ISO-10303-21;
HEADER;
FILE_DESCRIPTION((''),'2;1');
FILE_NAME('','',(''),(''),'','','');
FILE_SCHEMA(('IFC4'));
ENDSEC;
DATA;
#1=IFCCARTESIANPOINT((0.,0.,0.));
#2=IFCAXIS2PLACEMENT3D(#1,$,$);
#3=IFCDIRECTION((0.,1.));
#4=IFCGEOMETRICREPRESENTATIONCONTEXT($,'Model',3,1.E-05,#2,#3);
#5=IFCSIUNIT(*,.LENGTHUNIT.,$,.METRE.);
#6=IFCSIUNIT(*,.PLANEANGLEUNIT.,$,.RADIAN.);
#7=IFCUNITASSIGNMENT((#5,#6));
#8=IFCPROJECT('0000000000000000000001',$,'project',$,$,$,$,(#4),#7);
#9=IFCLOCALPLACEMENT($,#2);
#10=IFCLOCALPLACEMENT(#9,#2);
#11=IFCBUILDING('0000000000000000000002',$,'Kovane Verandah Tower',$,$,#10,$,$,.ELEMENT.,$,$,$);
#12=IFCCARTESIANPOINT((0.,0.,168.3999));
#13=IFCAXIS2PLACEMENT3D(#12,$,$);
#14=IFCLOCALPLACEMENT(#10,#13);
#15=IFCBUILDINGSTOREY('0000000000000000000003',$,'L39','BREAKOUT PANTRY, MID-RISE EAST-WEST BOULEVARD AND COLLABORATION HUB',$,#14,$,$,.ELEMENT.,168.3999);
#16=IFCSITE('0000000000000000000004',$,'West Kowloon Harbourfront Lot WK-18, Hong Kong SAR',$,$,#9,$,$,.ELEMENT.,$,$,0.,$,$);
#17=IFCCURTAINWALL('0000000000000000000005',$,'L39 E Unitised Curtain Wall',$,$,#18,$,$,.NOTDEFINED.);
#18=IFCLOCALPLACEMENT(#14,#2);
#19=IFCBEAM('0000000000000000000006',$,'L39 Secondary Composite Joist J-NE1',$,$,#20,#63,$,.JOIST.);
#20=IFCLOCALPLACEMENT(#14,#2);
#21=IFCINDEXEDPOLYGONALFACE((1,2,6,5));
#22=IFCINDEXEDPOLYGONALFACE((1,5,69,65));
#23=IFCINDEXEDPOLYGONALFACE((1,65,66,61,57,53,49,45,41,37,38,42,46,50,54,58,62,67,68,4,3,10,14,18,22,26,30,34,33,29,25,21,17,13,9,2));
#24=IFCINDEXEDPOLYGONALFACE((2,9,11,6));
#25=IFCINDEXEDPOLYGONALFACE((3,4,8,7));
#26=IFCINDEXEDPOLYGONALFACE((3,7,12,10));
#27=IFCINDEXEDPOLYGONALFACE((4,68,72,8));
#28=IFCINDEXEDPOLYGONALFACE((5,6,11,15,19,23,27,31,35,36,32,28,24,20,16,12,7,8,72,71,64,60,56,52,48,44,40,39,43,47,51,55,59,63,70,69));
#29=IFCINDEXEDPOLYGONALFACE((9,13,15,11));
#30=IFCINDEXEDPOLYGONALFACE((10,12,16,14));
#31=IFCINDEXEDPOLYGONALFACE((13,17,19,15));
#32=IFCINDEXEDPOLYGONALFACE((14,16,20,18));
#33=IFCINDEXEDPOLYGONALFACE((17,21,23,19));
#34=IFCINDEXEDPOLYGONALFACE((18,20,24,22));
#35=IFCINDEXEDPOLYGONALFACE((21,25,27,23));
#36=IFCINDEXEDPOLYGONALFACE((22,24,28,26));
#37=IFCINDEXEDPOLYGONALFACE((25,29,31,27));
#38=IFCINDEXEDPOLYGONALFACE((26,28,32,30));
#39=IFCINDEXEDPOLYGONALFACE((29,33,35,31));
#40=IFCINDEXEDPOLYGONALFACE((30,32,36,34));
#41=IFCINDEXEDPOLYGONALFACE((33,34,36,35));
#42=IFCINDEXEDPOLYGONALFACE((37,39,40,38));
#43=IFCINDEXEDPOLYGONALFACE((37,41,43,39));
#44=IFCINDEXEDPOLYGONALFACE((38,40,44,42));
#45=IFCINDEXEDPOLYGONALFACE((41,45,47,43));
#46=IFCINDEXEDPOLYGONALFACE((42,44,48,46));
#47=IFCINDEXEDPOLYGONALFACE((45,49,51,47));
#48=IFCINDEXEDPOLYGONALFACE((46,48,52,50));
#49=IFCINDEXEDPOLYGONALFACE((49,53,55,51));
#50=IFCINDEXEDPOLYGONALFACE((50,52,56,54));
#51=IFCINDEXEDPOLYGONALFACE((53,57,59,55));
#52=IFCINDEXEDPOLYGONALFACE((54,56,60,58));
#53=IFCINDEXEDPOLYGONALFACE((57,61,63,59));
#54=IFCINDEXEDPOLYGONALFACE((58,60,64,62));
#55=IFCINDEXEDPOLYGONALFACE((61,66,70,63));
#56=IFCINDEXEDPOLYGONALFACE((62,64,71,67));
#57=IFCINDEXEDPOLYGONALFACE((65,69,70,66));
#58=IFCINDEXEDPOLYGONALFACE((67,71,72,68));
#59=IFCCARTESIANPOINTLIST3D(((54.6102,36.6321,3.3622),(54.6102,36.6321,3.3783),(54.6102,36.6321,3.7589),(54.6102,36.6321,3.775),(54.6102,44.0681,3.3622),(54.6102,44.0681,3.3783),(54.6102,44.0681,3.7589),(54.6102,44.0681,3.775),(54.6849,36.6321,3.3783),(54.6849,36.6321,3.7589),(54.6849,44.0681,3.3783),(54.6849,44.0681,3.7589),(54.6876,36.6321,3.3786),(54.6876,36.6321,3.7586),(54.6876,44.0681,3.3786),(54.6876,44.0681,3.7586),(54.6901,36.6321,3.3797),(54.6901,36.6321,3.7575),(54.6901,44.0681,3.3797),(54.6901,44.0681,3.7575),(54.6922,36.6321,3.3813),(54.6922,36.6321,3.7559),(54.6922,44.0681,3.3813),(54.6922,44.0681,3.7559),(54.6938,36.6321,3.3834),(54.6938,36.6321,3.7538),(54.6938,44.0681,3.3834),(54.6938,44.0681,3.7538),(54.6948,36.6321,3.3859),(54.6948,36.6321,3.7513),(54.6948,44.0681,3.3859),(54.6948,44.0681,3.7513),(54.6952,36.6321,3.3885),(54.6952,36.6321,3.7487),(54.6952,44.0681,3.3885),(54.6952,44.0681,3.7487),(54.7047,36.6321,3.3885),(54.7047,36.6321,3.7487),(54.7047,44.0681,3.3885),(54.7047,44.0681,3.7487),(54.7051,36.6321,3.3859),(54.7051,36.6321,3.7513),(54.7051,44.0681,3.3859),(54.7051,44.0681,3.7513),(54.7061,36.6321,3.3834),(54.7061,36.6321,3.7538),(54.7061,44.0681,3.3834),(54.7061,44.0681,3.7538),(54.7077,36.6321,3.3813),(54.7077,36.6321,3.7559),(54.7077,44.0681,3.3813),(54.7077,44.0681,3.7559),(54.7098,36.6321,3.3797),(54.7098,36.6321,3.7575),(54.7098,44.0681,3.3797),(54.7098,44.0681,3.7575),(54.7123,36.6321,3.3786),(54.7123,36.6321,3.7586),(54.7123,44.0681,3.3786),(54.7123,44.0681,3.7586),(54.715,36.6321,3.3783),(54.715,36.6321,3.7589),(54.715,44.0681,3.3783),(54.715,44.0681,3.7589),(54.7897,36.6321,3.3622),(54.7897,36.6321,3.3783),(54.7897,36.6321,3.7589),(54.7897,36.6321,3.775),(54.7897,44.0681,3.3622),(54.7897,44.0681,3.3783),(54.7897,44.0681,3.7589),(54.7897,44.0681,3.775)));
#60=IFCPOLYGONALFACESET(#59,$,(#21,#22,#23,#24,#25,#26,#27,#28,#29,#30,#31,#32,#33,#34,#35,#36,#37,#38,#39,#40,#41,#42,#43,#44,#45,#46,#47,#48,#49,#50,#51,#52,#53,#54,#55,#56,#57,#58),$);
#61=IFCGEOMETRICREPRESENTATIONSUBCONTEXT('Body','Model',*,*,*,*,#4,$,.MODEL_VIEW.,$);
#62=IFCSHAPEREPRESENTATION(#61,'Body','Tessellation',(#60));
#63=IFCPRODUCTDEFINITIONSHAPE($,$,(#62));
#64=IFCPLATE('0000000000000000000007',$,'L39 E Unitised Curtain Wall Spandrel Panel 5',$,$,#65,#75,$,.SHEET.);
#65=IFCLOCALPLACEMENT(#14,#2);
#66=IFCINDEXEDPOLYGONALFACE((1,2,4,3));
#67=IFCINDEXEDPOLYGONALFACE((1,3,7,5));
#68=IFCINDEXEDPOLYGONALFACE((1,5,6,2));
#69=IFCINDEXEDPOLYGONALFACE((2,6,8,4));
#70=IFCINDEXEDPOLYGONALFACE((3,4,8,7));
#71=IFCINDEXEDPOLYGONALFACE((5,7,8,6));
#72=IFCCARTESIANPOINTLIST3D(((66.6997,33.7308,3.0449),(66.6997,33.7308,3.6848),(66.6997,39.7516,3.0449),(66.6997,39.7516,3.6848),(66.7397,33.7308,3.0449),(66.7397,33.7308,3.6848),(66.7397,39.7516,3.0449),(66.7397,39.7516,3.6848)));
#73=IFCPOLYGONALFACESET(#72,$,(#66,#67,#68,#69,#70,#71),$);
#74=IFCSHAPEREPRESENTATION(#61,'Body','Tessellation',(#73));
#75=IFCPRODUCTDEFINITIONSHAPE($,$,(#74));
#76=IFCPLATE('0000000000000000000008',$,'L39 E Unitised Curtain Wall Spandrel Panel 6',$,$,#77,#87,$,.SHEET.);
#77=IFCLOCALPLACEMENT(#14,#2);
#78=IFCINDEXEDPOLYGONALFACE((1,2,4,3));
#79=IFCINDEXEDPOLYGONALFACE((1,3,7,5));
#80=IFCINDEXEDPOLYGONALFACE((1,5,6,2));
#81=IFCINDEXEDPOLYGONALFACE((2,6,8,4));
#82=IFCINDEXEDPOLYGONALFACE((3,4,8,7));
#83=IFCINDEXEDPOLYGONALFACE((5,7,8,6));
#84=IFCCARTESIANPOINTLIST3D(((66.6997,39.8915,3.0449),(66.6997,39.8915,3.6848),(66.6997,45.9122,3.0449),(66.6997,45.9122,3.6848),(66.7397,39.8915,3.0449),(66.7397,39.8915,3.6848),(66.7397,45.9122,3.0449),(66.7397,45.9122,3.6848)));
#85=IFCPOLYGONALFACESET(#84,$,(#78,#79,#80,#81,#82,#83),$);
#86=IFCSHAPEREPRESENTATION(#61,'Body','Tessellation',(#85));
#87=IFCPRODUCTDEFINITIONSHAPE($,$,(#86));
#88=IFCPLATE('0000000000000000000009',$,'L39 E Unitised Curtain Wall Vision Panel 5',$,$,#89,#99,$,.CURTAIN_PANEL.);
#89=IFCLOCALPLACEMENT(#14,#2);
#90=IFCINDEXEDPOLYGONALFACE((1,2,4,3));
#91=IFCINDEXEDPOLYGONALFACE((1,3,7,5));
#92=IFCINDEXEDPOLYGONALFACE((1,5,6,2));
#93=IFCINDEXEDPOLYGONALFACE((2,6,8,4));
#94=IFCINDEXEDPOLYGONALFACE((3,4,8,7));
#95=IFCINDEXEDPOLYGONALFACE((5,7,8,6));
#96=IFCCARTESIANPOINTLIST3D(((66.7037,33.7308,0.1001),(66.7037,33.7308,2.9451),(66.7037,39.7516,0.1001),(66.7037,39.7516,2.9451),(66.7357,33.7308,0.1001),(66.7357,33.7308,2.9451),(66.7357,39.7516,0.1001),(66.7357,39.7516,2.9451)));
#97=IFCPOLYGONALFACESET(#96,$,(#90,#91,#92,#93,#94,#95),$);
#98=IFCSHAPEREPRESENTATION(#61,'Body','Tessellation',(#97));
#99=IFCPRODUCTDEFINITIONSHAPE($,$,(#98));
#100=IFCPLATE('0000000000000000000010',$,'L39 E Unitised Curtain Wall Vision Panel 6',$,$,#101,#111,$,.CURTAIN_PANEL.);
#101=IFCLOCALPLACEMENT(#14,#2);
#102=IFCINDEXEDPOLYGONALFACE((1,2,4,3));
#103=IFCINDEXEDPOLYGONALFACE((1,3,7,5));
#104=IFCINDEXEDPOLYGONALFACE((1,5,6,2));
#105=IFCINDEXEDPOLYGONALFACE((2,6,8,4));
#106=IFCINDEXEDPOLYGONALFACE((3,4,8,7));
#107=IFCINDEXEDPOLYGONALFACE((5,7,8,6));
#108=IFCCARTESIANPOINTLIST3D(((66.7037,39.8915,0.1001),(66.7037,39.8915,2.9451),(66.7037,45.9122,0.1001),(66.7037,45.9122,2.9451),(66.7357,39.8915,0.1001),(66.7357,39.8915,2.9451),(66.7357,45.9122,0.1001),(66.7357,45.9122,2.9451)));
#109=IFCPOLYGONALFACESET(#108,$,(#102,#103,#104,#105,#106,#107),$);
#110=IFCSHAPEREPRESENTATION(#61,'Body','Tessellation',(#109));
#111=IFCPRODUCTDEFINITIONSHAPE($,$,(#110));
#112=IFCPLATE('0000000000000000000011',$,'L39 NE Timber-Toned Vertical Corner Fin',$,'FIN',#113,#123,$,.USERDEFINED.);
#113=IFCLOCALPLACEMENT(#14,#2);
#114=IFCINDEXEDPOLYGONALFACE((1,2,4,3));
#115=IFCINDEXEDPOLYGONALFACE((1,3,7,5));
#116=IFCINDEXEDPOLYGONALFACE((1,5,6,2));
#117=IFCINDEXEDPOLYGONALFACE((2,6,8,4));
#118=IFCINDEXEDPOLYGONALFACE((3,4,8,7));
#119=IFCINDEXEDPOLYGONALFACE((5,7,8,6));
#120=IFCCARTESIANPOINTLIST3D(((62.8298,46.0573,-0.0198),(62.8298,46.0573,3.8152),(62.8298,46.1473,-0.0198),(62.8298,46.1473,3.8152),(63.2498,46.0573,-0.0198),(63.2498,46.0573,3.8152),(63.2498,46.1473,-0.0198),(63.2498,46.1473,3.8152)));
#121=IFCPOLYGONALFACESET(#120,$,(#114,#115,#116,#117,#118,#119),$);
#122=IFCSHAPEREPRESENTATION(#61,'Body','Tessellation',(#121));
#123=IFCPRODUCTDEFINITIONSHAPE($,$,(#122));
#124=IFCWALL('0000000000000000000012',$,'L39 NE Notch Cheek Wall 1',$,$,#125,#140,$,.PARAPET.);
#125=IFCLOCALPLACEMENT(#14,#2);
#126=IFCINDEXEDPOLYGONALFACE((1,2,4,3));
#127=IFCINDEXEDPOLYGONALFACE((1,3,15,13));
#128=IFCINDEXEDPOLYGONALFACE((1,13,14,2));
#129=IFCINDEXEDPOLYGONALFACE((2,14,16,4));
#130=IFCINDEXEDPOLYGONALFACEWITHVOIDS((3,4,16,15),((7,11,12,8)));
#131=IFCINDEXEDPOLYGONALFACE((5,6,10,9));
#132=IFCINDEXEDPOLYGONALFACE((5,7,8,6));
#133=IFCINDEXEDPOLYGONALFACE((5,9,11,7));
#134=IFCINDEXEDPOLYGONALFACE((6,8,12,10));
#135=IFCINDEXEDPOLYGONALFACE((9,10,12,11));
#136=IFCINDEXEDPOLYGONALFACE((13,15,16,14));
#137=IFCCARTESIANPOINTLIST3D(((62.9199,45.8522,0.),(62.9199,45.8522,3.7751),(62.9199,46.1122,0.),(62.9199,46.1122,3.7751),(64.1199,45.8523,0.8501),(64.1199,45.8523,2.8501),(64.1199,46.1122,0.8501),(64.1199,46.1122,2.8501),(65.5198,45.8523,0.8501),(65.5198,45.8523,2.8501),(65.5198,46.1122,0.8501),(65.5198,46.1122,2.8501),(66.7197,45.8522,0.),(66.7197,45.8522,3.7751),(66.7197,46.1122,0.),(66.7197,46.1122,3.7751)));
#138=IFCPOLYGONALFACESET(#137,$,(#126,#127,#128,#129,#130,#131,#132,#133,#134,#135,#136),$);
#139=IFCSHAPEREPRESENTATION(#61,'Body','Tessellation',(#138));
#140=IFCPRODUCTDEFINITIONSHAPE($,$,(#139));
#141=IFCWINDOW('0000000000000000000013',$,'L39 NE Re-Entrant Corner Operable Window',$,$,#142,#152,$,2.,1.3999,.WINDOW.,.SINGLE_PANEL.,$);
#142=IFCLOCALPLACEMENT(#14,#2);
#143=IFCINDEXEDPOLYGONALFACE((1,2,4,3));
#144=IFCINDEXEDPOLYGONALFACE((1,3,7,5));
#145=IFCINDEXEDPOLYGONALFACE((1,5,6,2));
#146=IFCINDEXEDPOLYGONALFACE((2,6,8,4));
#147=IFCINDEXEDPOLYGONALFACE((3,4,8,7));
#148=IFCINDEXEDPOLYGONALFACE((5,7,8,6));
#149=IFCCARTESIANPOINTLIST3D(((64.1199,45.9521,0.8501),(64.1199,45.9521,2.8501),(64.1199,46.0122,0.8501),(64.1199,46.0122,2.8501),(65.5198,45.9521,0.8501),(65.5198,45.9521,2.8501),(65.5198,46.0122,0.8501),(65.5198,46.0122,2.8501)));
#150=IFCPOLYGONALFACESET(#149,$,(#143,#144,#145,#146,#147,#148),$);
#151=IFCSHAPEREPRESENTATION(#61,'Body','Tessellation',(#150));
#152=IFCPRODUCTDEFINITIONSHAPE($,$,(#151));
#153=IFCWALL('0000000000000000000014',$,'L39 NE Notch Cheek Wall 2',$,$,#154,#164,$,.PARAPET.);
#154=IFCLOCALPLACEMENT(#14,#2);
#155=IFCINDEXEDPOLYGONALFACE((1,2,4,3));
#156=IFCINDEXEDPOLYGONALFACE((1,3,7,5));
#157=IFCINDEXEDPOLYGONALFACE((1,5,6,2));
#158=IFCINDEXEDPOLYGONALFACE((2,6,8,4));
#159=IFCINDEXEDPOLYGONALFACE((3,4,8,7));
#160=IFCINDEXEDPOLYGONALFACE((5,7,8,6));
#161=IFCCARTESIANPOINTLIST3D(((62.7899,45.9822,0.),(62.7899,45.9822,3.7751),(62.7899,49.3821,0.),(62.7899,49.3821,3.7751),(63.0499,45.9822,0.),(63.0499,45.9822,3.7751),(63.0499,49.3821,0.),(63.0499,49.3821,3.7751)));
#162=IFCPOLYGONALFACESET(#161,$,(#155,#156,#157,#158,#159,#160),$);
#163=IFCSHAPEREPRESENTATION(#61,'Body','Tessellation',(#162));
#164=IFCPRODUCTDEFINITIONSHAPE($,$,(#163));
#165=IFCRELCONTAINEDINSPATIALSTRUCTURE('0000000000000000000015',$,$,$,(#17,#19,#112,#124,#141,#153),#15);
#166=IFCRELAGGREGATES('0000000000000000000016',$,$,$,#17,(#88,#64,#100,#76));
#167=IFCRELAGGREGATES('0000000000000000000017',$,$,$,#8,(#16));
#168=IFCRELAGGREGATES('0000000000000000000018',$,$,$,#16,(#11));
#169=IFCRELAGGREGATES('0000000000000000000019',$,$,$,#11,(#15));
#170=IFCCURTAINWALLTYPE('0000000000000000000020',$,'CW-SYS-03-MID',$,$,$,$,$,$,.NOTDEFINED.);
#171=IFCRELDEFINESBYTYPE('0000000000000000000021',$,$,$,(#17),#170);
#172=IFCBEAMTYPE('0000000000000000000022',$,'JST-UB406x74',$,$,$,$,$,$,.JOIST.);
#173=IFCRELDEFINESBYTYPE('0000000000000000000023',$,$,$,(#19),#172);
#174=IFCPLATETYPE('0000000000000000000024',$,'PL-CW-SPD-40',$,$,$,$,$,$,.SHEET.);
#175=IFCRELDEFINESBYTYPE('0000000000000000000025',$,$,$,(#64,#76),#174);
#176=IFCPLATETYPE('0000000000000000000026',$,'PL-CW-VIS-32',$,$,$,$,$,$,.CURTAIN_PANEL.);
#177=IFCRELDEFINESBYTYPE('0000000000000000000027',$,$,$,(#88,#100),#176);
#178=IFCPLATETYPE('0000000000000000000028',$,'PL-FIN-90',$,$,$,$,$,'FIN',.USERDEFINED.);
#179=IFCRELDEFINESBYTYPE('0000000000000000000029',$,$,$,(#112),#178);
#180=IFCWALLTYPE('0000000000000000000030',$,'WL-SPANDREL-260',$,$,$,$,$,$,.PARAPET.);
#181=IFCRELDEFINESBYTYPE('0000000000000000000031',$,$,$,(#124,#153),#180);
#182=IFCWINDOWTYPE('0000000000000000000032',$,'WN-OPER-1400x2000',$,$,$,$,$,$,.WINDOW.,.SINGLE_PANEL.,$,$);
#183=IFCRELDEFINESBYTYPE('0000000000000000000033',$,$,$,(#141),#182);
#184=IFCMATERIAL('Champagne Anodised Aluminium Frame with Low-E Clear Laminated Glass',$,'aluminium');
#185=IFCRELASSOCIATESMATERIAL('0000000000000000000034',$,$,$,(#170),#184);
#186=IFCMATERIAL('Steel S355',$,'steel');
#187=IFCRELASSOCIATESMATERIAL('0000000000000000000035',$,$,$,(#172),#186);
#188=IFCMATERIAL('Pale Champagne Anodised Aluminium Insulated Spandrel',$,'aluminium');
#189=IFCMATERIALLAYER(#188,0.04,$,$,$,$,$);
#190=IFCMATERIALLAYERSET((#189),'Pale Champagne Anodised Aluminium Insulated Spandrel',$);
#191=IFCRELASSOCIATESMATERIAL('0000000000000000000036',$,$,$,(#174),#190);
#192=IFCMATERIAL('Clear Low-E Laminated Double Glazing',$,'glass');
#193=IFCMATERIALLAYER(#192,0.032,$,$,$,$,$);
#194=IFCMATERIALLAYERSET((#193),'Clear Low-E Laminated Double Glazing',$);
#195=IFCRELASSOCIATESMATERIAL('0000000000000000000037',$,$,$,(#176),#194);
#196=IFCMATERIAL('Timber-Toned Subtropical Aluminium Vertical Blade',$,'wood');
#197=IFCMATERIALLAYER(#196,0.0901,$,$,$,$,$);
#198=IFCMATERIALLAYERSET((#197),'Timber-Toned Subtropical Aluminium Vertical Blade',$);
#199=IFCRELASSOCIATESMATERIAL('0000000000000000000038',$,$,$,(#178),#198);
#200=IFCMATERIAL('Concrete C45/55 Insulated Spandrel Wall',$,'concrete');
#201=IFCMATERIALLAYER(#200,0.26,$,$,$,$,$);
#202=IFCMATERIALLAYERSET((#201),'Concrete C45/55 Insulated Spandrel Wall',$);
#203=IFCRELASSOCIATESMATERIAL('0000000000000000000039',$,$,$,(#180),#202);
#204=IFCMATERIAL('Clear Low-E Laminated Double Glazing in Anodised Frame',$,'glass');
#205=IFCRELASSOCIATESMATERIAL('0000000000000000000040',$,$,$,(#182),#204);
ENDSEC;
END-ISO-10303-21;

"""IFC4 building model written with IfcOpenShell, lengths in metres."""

from ifc_helpers import new_model, si_unit, direction, frame, frame_2d, origin, origin_2d, place, context, subcontext, project, spatial, rectangle, i_section, extrude, material, layer, layer_set, material_profile, profile_set, type_object, element, fill, aggregate, save


model = new_model("IFC4")

# Units and contexts
model_context = context("Model", 3, precision=1e-05, world=origin(), true_north=direction((0.0, 1.0)))
body_context = subcontext(model_context, "Body", "Model", "MODEL_VIEW")
ifc_project = project(units=[si_unit("LENGTHUNIT", "METRE"), si_unit("PLANEANGLEUNIT", "RADIAN")], contexts=[model_context])

# Site, building, storey
site_placement = place(None, origin())
site = spatial("IfcSite", under=ifc_project, at=site_placement, Name="West Kowloon Harbourfront Lot WK-18, Hong Kong SAR", CompositionType="ELEMENT", RefElevation=0.0)
building_placement = place(site_placement, origin())
building = spatial("IfcBuilding", under=site, at=building_placement, Name="Kovane Verandah Tower", CompositionType="ELEMENT")
storey_placement = place(building_placement, frame((0.0, 0.0, 168.3999)))
storey = spatial("IfcBuildingStorey", under=building, at=storey_placement, Name="L39", Description="BREAKOUT PANTRY, MID-RISE EAST-WEST BOULEVARD AND COLLABORATION HUB", CompositionType="ELEMENT", Elevation=168.3999)

# Shared definitions
ifc_material_1 = material(Name="Steel S355", Category="steel")

# Curtain wall
ifc_material_2 = material(Name="Champagne Anodised Aluminium Frame with Low-E Clear Laminated Glass", Category="aluminium")
curtain_wall_type = type_object("IfcCurtainWallType", Name="CW-SYS-03-MID", PredefinedType="NOTDEFINED", material=ifc_material_2)
curtain_wall_placement = place(storey_placement, origin())
curtain_wall = element("IfcCurtainWall", 1, at=curtain_wall_placement, inside=storey, type_object=curtain_wall_type, Name="L39 E Unitised Curtain Wall", PredefinedType="NOTDEFINED")

# Beam
ifc_material_profile_1 = material_profile(ifc_material_1, i_section(OverallWidth=0.1794, OverallDepth=0.4128, WebThickness=0.0095, FlangeThickness=0.0161, FilletRadius=0.0103, at=origin_2d()), Name="UB406x178x74")
ifc_profile_set_1 = profile_set([ifc_material_profile_1], Name="Steel S355")
beam_type_1 = type_object("IfcBeamType", Name="JST-UB406x74", PredefinedType="JOIST", material=ifc_profile_set_1)
beam_1_placement = place(storey_placement, frame((54.7, 36.6321, 3.5686), z_axis=(0.0, 1.0, 0.0), x_axis=(-1.0, 0.0, 0.0)))
element("IfcBeam", 2, at=beam_1_placement, inside=storey, type_object=beam_type_1, Name="L39 Secondary Composite Joist J-NE1", PredefinedType="JOIST", context=body_context, shape_type="SweptSolid", body=[
    extrude(i_section(OverallWidth=0.1794, OverallDepth=0.4128, WebThickness=0.0095, FlangeThickness=0.0161, FilletRadius=0.0103, at=origin_2d()), origin(), (0.0, 0.0, 1.0), 7.436),
])

# Plates
ifc_material_3 = material(Name="Pale Champagne Anodised Aluminium Insulated Spandrel", Category="aluminium")
ifc_layer_1 = layer(ifc_material_3, 0.04)
ifc_layer_set_1 = layer_set([ifc_layer_1], Name="Pale Champagne Anodised Aluminium Insulated Spandrel")
plate_type_1 = type_object("IfcPlateType", Name="PL-CW-SPD-40", PredefinedType="SHEET", material=ifc_layer_set_1)
plate_1_placement = place(storey_placement, frame((66.7197, 36.7412, 3.0449), z_axis=(0.0, 0.0, 1.0), x_axis=(0.0, 1.0, 0.0)))
plate_1 = element("IfcPlate", 3, at=plate_1_placement, type_object=plate_type_1, Name="L39 E Unitised Curtain Wall Spandrel Panel 5", PredefinedType="SHEET", context=body_context, shape_type="SweptSolid", body=[
    extrude(rectangle(XDim=6.0208, YDim=0.04, at=origin_2d()), origin(), (0.0, 0.0, 1.0), 0.6399),
])
plate_2_placement = place(storey_placement, frame((66.7197, 42.9019, 3.0449), z_axis=(0.0, 0.0, 1.0), x_axis=(0.0, 1.0, 0.0)))
plate_2 = element("IfcPlate", 4, at=plate_2_placement, type_object=plate_type_1, Name="L39 E Unitised Curtain Wall Spandrel Panel 6", PredefinedType="SHEET", context=body_context, shape_type="SweptSolid", body=[
    extrude(rectangle(XDim=6.0208, YDim=0.04, at=origin_2d()), origin(), (0.0, 0.0, 1.0), 0.6399),
])
ifc_material_4 = material(Name="Clear Low-E Laminated Double Glazing", Category="glass")
ifc_layer_2 = layer(ifc_material_4, 0.032)
ifc_layer_set_2 = layer_set([ifc_layer_2], Name="Clear Low-E Laminated Double Glazing")
plate_type_2 = type_object("IfcPlateType", Name="PL-CW-VIS-32", PredefinedType="CURTAIN_PANEL", material=ifc_layer_set_2)
plate_3_placement = place(storey_placement, frame((66.7197, 36.7412, 0.1001), z_axis=(0.0, 0.0, 1.0), x_axis=(0.0, 1.0, 0.0)))
plate_3 = element("IfcPlate", 5, at=plate_3_placement, type_object=plate_type_2, Name="L39 E Unitised Curtain Wall Vision Panel 5", PredefinedType="CURTAIN_PANEL", context=body_context, shape_type="SweptSolid", body=[
    extrude(rectangle(XDim=6.0208, YDim=0.032, at=origin_2d()), origin(), (0.0, 0.0, 1.0), 2.845),
])
plate_4_placement = place(storey_placement, frame((66.7197, 42.9019, 0.1001), z_axis=(0.0, 0.0, 1.0), x_axis=(0.0, 1.0, 0.0)))
plate_4 = element("IfcPlate", 6, at=plate_4_placement, type_object=plate_type_2, Name="L39 E Unitised Curtain Wall Vision Panel 6", PredefinedType="CURTAIN_PANEL", context=body_context, shape_type="SweptSolid", body=[
    extrude(rectangle(XDim=6.0208, YDim=0.032, at=origin_2d()), origin(), (0.0, 0.0, 1.0), 2.845),
])
aggregate(curtain_wall, [plate_3, plate_1, plate_4, plate_2])
ifc_material_5 = material(Name="Timber-Toned Subtropical Aluminium Vertical Blade", Category="wood")
ifc_layer_3 = layer(ifc_material_5, 0.0901)
ifc_layer_set_3 = layer_set([ifc_layer_3], Name="Timber-Toned Subtropical Aluminium Vertical Blade")
plate_type_3 = type_object("IfcPlateType", Name="PL-FIN-90", ElementType="FIN", PredefinedType="USERDEFINED", material=ifc_layer_set_3)
plate_5_placement = place(storey_placement, frame((63.0398, 46.1023, -0.0198), z_axis=(0.0, 0.0, 1.0), x_axis=(1.0, 0.0, 0.0)))
element("IfcPlate", 7, at=plate_5_placement, inside=storey, type_object=plate_type_3, Name="L39 NE Timber-Toned Vertical Corner Fin", ObjectType="FIN", PredefinedType="USERDEFINED", context=body_context, shape_type="SweptSolid", body=[
    extrude(rectangle(XDim=0.4199, YDim=0.0901, at=origin_2d()), origin(), (0.0, 0.0, 1.0), 3.835),
])

# Shared definitions
ifc_material_6 = material(Name="Concrete C45/55 Insulated Spandrel Wall", Category="concrete")
ifc_layer_4 = layer(ifc_material_6, 0.26)
ifc_layer_set_4 = layer_set([ifc_layer_4], Name="Concrete C45/55 Insulated Spandrel Wall")
wall_type = type_object("IfcWallType", Name="WL-SPANDREL-260", PredefinedType="PARAPET", material=ifc_layer_set_4)
ifc_material_7 = material(Name="Clear Low-E Laminated Double Glazing in Anodised Frame", Category="glass")

# Wall, opening, window
wall_1_placement = place(storey_placement, frame((66.7197, 45.9822, 0.0), z_axis=(0.0, 0.0, 1.0), x_axis=(-1.0, 0.0, 0.0)))
wall_1 = element("IfcWall", 8, at=wall_1_placement, inside=storey, type_object=wall_type, Name="L39 NE Notch Cheek Wall 1", PredefinedType="PARAPET", context=body_context, shape_type="SweptSolid", body=[
    extrude(rectangle(XDim=3.7998, YDim=0.26, at=frame_2d((1.8999, 0.0))), origin(), (0.0, 0.0, 1.0), 3.7751),
])
opening_1_placement = place(wall_1_placement, frame((1.2, 0.0, 0.8501)))
opening_1 = element("IfcOpeningElement", 9, at=opening_1_placement, cuts=wall_1, PredefinedType="OPENING", context=body_context, shape_type="SweptSolid", body=[
    extrude(rectangle(XDim=1.3999, YDim=2.0, at=frame_2d((0.7, 1.0))), frame((0.0, 0.1299, 0.0), z_axis=(0.0, -1.0, 0.0), x_axis=(1.0, 0.0, 0.0)), (0.0, 0.0, 1.0), 0.26),
])
window_type_1 = type_object("IfcWindowType", Name="WN-OPER-1400x2000", PartitioningType="SINGLE_PANEL", PredefinedType="WINDOW", material=ifc_material_7)
window_1_placement = place(opening_1_placement, origin())
window_1 = element("IfcWindow", 10, at=window_1_placement, inside=storey, type_object=window_type_1, Name="L39 NE Re-Entrant Corner Operable Window", OverallHeight=2.0, OverallWidth=1.3999, PartitioningType="SINGLE_PANEL", PredefinedType="WINDOW", context=body_context, shape_type="SweptSolid", body=[
    extrude(rectangle(XDim=1.3999, YDim=2.0, at=frame_2d((0.7, 1.0))), frame((0.0, 0.03, 0.0), z_axis=(0.0, -1.0, 0.0), x_axis=(1.0, 0.0, 0.0)), (0.0, 0.0, 1.0), 0.0601),
])
fill(opening_1, window_1)

# Wall
wall_2_placement = place(storey_placement, frame((62.9199, 45.9822, 0.0), z_axis=(0.0, 0.0, 1.0), x_axis=(0.0, 1.0, 0.0)))
element("IfcWall", 11, at=wall_2_placement, inside=storey, type_object=wall_type, Name="L39 NE Notch Cheek Wall 2", PredefinedType="PARAPET", context=body_context, shape_type="SweptSolid", body=[
    extrude(rectangle(XDim=3.3999, YDim=0.26, at=frame_2d((1.7, 0.0))), origin(), (0.0, 0.0, 1.0), 3.7751),
])

save(model, "model.ifc")
